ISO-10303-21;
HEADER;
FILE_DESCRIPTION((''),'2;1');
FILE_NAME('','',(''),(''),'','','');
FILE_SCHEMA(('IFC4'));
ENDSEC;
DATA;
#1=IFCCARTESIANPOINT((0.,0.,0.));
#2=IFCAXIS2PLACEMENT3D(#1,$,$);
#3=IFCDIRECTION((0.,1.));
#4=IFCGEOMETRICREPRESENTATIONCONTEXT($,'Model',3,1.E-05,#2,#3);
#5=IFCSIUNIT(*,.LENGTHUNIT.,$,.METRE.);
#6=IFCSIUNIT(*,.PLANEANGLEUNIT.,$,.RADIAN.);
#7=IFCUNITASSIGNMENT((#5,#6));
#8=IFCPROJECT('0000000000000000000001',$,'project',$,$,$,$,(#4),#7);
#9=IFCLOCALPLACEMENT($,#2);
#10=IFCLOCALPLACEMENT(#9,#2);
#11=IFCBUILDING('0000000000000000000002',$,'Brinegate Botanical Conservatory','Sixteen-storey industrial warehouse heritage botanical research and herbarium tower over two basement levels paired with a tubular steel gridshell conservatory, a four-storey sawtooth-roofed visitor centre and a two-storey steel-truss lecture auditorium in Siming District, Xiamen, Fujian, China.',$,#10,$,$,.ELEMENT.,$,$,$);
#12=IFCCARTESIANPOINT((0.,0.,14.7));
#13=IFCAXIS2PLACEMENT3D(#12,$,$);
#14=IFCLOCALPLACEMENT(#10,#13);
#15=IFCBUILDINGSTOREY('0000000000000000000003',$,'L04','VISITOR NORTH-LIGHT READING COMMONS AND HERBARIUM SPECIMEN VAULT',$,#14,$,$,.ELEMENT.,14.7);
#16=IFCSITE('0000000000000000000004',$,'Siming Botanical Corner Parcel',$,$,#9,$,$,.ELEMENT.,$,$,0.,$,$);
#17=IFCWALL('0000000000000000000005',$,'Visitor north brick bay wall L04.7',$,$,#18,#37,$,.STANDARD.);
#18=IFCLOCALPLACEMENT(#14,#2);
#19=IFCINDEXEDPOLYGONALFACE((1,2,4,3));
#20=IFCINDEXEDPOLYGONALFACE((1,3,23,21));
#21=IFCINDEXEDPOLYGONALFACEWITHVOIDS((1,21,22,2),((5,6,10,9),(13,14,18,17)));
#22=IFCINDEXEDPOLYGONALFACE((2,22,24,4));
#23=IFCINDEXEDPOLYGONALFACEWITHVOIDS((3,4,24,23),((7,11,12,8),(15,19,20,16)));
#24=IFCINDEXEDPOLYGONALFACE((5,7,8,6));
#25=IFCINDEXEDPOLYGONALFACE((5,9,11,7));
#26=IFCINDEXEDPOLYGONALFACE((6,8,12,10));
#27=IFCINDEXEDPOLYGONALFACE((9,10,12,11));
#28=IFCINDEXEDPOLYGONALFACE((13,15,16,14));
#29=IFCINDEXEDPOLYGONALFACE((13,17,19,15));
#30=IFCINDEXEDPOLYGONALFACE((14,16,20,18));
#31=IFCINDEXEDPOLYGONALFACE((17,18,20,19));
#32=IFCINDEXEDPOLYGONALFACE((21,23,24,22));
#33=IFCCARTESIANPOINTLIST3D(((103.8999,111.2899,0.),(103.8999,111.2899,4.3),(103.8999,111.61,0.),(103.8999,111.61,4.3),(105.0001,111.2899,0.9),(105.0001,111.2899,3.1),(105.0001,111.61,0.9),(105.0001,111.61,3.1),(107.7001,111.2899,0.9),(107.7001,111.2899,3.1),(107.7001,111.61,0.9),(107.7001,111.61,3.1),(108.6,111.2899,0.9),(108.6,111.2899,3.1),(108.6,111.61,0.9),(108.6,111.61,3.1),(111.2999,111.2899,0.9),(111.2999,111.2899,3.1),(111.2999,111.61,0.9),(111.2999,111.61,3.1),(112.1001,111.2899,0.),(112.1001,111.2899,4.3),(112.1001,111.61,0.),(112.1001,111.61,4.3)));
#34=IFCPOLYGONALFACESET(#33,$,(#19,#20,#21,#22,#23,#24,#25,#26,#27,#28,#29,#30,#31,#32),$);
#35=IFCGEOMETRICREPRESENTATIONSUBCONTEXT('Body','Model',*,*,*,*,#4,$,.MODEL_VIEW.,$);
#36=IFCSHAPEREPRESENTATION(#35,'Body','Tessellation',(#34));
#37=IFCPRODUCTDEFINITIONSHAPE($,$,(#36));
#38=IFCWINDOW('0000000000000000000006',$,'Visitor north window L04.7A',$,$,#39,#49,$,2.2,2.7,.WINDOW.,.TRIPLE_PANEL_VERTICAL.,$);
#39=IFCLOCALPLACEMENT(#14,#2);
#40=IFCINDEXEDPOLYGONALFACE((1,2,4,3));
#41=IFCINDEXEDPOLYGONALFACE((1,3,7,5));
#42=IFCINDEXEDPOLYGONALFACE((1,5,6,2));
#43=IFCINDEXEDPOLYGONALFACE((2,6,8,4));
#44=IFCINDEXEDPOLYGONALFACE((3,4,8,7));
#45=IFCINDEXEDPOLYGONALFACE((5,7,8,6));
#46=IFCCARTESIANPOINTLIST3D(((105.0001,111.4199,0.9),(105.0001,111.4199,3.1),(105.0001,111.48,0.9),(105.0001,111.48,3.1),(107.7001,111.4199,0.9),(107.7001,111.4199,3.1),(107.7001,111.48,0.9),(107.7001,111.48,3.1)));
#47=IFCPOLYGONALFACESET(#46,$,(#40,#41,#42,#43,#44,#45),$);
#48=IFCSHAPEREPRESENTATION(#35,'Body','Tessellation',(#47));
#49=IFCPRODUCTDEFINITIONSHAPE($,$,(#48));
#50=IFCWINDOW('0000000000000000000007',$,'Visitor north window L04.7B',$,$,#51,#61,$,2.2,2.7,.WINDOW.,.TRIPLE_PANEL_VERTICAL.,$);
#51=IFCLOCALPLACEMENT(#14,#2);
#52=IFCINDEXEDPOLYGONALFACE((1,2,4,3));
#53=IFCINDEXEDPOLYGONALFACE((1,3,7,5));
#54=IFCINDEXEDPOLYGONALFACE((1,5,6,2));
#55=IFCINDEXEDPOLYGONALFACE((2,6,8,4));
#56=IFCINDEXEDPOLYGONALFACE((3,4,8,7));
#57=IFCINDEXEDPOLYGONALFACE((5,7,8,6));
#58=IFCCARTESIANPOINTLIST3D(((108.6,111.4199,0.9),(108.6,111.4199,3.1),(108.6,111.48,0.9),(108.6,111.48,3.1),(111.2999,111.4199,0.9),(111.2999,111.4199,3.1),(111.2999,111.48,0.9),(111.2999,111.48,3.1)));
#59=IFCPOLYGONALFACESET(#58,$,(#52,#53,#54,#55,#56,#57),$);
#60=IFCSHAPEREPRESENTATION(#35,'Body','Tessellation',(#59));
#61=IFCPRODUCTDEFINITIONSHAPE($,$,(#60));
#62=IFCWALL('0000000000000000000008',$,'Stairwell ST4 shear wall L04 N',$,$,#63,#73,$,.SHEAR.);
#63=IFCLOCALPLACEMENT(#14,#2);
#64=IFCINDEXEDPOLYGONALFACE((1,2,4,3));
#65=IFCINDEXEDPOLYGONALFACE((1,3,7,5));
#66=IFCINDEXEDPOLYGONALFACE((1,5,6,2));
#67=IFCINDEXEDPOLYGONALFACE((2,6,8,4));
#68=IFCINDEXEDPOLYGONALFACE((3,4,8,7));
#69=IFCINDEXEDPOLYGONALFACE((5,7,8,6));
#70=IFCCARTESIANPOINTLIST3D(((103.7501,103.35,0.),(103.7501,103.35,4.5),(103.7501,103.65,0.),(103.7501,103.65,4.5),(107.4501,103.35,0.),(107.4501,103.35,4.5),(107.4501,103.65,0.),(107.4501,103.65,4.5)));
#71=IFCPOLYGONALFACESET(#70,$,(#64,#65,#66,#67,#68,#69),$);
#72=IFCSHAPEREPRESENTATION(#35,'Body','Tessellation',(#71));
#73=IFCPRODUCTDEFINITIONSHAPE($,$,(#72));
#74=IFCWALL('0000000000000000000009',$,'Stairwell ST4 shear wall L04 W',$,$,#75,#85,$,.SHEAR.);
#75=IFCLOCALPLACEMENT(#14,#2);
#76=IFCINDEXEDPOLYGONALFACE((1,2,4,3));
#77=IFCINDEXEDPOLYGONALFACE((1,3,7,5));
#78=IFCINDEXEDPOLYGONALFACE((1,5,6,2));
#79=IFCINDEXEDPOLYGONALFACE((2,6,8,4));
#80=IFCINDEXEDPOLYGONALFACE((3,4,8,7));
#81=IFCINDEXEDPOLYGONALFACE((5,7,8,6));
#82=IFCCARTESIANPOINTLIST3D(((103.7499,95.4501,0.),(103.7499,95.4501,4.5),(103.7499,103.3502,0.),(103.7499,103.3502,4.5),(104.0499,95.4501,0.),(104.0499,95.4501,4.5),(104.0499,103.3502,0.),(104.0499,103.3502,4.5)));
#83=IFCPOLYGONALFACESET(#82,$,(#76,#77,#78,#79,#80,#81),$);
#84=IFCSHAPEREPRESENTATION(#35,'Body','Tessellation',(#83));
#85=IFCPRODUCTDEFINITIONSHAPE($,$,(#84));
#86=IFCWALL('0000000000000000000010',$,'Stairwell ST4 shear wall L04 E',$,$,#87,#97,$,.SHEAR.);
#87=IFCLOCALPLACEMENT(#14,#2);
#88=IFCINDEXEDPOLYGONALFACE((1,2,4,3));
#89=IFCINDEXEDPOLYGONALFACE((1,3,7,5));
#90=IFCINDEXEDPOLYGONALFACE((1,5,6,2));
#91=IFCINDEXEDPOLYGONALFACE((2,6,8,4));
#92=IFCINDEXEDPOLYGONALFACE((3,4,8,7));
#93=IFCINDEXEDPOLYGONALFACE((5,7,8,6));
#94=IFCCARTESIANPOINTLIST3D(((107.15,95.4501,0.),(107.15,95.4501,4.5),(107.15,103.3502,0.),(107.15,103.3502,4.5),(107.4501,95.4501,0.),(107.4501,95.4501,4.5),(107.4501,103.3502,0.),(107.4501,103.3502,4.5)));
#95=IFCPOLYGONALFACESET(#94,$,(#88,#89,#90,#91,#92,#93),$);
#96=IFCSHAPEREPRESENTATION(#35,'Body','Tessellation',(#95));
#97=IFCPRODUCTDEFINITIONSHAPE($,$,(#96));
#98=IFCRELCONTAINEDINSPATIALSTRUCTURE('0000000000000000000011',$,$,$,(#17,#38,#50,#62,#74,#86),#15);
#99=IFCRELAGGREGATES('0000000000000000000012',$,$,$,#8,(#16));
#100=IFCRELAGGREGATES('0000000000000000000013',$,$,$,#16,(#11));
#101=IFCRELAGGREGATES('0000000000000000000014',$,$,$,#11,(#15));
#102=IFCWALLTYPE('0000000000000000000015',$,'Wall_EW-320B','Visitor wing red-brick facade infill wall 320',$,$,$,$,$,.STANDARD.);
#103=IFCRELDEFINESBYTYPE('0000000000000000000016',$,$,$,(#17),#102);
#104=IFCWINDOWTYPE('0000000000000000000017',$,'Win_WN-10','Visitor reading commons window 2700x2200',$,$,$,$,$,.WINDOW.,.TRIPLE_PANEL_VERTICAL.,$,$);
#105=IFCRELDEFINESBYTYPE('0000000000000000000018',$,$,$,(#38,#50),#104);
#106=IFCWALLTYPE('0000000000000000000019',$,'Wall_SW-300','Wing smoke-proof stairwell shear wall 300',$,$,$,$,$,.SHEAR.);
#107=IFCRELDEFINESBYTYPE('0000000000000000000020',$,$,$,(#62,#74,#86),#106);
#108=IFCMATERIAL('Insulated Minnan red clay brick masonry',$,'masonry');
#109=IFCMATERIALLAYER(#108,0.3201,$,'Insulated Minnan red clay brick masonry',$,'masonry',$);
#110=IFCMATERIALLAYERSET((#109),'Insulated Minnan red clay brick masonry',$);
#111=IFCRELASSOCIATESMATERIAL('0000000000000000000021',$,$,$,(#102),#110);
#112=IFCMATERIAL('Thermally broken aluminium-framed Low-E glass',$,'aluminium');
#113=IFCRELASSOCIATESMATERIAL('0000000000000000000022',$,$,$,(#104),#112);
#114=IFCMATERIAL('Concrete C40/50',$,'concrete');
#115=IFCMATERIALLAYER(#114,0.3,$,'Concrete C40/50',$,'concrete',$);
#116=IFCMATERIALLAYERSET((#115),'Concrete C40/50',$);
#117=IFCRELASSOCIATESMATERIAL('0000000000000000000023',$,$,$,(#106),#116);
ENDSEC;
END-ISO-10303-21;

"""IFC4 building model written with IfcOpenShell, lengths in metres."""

from ifc_helpers import new_model, si_unit, direction, frame, frame_2d, origin, place, context, subcontext, project, spatial, rectangle, extrude, material, layer, layer_set, type_object, element, fill, save


model = new_model("IFC4")

# Units and contexts
model_context = context("Model", 3, precision=1e-05, world=origin(), true_north=direction((0.0, 1.0)))
body_context = subcontext(model_context, "Body", "Model", "MODEL_VIEW")
ifc_project = project(units=[si_unit("LENGTHUNIT", "METRE"), si_unit("PLANEANGLEUNIT", "RADIAN")], contexts=[model_context])

# Site, building, storey
site_placement = place(None, origin())
site = spatial("IfcSite", under=ifc_project, at=site_placement, Name="Siming Botanical Corner Parcel", CompositionType="ELEMENT", RefElevation=0.0)
building_placement = place(site_placement, origin())
building = spatial("IfcBuilding", under=site, at=building_placement, Name="Brinegate Botanical Conservatory", Description="Sixteen-storey industrial warehouse heritage botanical research and herbarium tower over two basement levels paired with a tubular steel gridshell conservatory, a four-storey sawtooth-roofed visitor centre and a two-storey steel-truss lecture auditorium in Siming District, Xiamen, Fujian, China.", CompositionType="ELEMENT")
storey_placement = place(building_placement, frame((0.0, 0.0, 14.7)))
storey = spatial("IfcBuildingStorey", under=building, at=storey_placement, Name="L04", Description="VISITOR NORTH-LIGHT READING COMMONS AND HERBARIUM SPECIMEN VAULT", CompositionType="ELEMENT", Elevation=14.7)

# Shared definitions
ifc_material_1 = material(Name="Concrete C40/50", Category="concrete")

# Wall, openings, windows
ifc_material_2 = material(Name="Insulated Minnan red clay brick masonry", Category="masonry")
ifc_layer_1 = layer(ifc_material_2, 0.3201, Name="Insulated Minnan red clay brick masonry", Category="masonry")
ifc_layer_set_1 = layer_set([ifc_layer_1], Name="Insulated Minnan red clay brick masonry")
wall_type_1 = type_object("IfcWallType", Name="Wall_EW-320B", Description="Visitor wing red-brick facade infill wall 320", PredefinedType="STANDARD", material=ifc_layer_set_1)
wall_1_placement = place(storey_placement, frame((103.8999, 111.45, 0.0), z_axis=(0.0, 0.0, 1.0), x_axis=(1.0, 0.0, 0.0)))
wall_1 = element("IfcWall", 1, at=wall_1_placement, inside=storey, type_object=wall_type_1, Name="Visitor north brick bay wall L04.7", PredefinedType="STANDARD", context=body_context, shape_type="SweptSolid", body=[
    extrude(rectangle(XDim=8.2002, YDim=0.3201, at=frame_2d((4.1001, 0.0))), origin(), (0.0, 0.0, 1.0), 4.3),
])
opening_1_placement = place(wall_1_placement, frame((1.1001, 0.0, 0.8999)))
opening_1 = element("IfcOpeningElement", 2, at=opening_1_placement, cuts=wall_1, PredefinedType="OPENING", context=body_context, shape_type="SweptSolid", body=[
    extrude(rectangle(XDim=2.7, YDim=2.2, at=frame_2d((1.3501, 1.1001))), frame((0.0, 0.1699, 0.0), z_axis=(0.0, -1.0, 0.0), x_axis=(1.0, 0.0, 0.0)), (0.0, 0.0, 1.0), 0.3401),
])
opening_2_placement = place(wall_1_placement, frame((4.7, 0.0, 0.8999)))
opening_2 = element("IfcOpeningElement", 3, at=opening_2_placement, cuts=wall_1, PredefinedType="OPENING", context=body_context, shape_type="SweptSolid", body=[
    extrude(rectangle(XDim=2.7, YDim=2.2, at=frame_2d((1.3501, 1.1001))), frame((0.0, 0.1699, 0.0), z_axis=(0.0, -1.0, 0.0), x_axis=(1.0, 0.0, 0.0)), (0.0, 0.0, 1.0), 0.3401),
])
ifc_material_3 = material(Name="Thermally broken aluminium-framed Low-E glass", Category="aluminium")
window_type = type_object("IfcWindowType", Name="Win_WN-10", Description="Visitor reading commons window 2700x2200", PartitioningType="TRIPLE_PANEL_VERTICAL", PredefinedType="WINDOW", material=ifc_material_3)
window_1_placement = place(opening_1_placement, origin())
window_1 = element("IfcWindow", 4, at=window_1_placement, inside=storey, type_object=window_type, Name="Visitor north window L04.7A", OverallHeight=2.2, OverallWidth=2.7, PartitioningType="TRIPLE_PANEL_VERTICAL", PredefinedType="WINDOW", context=body_context, shape_type="SweptSolid", body=[
    extrude(rectangle(XDim=2.7, YDim=2.2, at=frame_2d((1.3501, 1.1001))), frame((0.0, 0.03, 0.0), z_axis=(0.0, -1.0, 0.0), x_axis=(1.0, 0.0, 0.0)), (0.0, 0.0, 1.0), 0.0601),
])
fill(opening_1, window_1)
window_2_placement = place(opening_2_placement, origin())
window_2 = element("IfcWindow", 5, at=window_2_placement, inside=storey, type_object=window_type, Name="Visitor north window L04.7B", OverallHeight=2.2, OverallWidth=2.7, PartitioningType="TRIPLE_PANEL_VERTICAL", PredefinedType="WINDOW", context=body_context, shape_type="SweptSolid", body=[
    extrude(rectangle(XDim=2.7, YDim=2.2, at=frame_2d((1.3501, 1.1001))), frame((0.0, 0.03, 0.0), z_axis=(0.0, -1.0, 0.0), x_axis=(1.0, 0.0, 0.0)), (0.0, 0.0, 1.0), 0.0601),
])
fill(opening_2, window_2)

# Walls
ifc_layer_2 = layer(ifc_material_1, 0.3, Name="Concrete C40/50", Category="concrete")
ifc_layer_set_2 = layer_set([ifc_layer_2], Name="Concrete C40/50")
wall_type_2 = type_object("IfcWallType", Name="Wall_SW-300", Description="Wing smoke-proof stairwell shear wall 300", PredefinedType="SHEAR", material=ifc_layer_set_2)
wall_2_placement = place(storey_placement, frame((103.75, 103.5, 0.0), z_axis=(0.0, 0.0, 1.0), x_axis=(1.0, 0.0, 0.0)))
element("IfcWall", 6, at=wall_2_placement, inside=storey, type_object=wall_type_2, Name="Stairwell ST4 shear wall L04 N", PredefinedType="SHEAR", context=body_context, shape_type="SweptSolid", body=[
    extrude(rectangle(XDim=3.7, YDim=0.3, at=frame_2d((1.8501, 0.0))), origin(), (0.0, 0.0, 1.0), 4.5),
])
for number, where, z_axis, x_axis, name in (
    (7, (103.8999, 95.45, 0.0), (0.0, 0.0, 1.0), (0.0, 1.0, 0.0), "Stairwell ST4 shear wall L04 W"),
    (8, (107.3, 95.45, 0.0), (0.0, 0.0, 1.0), (0.0, 1.0, 0.0), "Stairwell ST4 shear wall L04 E"),
):
    element("IfcWall", number, at=place(storey_placement, frame(where, z_axis=z_axis, x_axis=x_axis)), inside=storey, type_object=wall_type_2, Name=name, PredefinedType="SHEAR", context=body_context, shape_type="SweptSolid", body=[
        extrude(rectangle(XDim=7.9001, YDim=0.3, at=frame_2d((3.9502, 0.0))), origin(), (0.0, 0.0, 1.0), 4.5),
    ])

save(model, "model.ifc")
